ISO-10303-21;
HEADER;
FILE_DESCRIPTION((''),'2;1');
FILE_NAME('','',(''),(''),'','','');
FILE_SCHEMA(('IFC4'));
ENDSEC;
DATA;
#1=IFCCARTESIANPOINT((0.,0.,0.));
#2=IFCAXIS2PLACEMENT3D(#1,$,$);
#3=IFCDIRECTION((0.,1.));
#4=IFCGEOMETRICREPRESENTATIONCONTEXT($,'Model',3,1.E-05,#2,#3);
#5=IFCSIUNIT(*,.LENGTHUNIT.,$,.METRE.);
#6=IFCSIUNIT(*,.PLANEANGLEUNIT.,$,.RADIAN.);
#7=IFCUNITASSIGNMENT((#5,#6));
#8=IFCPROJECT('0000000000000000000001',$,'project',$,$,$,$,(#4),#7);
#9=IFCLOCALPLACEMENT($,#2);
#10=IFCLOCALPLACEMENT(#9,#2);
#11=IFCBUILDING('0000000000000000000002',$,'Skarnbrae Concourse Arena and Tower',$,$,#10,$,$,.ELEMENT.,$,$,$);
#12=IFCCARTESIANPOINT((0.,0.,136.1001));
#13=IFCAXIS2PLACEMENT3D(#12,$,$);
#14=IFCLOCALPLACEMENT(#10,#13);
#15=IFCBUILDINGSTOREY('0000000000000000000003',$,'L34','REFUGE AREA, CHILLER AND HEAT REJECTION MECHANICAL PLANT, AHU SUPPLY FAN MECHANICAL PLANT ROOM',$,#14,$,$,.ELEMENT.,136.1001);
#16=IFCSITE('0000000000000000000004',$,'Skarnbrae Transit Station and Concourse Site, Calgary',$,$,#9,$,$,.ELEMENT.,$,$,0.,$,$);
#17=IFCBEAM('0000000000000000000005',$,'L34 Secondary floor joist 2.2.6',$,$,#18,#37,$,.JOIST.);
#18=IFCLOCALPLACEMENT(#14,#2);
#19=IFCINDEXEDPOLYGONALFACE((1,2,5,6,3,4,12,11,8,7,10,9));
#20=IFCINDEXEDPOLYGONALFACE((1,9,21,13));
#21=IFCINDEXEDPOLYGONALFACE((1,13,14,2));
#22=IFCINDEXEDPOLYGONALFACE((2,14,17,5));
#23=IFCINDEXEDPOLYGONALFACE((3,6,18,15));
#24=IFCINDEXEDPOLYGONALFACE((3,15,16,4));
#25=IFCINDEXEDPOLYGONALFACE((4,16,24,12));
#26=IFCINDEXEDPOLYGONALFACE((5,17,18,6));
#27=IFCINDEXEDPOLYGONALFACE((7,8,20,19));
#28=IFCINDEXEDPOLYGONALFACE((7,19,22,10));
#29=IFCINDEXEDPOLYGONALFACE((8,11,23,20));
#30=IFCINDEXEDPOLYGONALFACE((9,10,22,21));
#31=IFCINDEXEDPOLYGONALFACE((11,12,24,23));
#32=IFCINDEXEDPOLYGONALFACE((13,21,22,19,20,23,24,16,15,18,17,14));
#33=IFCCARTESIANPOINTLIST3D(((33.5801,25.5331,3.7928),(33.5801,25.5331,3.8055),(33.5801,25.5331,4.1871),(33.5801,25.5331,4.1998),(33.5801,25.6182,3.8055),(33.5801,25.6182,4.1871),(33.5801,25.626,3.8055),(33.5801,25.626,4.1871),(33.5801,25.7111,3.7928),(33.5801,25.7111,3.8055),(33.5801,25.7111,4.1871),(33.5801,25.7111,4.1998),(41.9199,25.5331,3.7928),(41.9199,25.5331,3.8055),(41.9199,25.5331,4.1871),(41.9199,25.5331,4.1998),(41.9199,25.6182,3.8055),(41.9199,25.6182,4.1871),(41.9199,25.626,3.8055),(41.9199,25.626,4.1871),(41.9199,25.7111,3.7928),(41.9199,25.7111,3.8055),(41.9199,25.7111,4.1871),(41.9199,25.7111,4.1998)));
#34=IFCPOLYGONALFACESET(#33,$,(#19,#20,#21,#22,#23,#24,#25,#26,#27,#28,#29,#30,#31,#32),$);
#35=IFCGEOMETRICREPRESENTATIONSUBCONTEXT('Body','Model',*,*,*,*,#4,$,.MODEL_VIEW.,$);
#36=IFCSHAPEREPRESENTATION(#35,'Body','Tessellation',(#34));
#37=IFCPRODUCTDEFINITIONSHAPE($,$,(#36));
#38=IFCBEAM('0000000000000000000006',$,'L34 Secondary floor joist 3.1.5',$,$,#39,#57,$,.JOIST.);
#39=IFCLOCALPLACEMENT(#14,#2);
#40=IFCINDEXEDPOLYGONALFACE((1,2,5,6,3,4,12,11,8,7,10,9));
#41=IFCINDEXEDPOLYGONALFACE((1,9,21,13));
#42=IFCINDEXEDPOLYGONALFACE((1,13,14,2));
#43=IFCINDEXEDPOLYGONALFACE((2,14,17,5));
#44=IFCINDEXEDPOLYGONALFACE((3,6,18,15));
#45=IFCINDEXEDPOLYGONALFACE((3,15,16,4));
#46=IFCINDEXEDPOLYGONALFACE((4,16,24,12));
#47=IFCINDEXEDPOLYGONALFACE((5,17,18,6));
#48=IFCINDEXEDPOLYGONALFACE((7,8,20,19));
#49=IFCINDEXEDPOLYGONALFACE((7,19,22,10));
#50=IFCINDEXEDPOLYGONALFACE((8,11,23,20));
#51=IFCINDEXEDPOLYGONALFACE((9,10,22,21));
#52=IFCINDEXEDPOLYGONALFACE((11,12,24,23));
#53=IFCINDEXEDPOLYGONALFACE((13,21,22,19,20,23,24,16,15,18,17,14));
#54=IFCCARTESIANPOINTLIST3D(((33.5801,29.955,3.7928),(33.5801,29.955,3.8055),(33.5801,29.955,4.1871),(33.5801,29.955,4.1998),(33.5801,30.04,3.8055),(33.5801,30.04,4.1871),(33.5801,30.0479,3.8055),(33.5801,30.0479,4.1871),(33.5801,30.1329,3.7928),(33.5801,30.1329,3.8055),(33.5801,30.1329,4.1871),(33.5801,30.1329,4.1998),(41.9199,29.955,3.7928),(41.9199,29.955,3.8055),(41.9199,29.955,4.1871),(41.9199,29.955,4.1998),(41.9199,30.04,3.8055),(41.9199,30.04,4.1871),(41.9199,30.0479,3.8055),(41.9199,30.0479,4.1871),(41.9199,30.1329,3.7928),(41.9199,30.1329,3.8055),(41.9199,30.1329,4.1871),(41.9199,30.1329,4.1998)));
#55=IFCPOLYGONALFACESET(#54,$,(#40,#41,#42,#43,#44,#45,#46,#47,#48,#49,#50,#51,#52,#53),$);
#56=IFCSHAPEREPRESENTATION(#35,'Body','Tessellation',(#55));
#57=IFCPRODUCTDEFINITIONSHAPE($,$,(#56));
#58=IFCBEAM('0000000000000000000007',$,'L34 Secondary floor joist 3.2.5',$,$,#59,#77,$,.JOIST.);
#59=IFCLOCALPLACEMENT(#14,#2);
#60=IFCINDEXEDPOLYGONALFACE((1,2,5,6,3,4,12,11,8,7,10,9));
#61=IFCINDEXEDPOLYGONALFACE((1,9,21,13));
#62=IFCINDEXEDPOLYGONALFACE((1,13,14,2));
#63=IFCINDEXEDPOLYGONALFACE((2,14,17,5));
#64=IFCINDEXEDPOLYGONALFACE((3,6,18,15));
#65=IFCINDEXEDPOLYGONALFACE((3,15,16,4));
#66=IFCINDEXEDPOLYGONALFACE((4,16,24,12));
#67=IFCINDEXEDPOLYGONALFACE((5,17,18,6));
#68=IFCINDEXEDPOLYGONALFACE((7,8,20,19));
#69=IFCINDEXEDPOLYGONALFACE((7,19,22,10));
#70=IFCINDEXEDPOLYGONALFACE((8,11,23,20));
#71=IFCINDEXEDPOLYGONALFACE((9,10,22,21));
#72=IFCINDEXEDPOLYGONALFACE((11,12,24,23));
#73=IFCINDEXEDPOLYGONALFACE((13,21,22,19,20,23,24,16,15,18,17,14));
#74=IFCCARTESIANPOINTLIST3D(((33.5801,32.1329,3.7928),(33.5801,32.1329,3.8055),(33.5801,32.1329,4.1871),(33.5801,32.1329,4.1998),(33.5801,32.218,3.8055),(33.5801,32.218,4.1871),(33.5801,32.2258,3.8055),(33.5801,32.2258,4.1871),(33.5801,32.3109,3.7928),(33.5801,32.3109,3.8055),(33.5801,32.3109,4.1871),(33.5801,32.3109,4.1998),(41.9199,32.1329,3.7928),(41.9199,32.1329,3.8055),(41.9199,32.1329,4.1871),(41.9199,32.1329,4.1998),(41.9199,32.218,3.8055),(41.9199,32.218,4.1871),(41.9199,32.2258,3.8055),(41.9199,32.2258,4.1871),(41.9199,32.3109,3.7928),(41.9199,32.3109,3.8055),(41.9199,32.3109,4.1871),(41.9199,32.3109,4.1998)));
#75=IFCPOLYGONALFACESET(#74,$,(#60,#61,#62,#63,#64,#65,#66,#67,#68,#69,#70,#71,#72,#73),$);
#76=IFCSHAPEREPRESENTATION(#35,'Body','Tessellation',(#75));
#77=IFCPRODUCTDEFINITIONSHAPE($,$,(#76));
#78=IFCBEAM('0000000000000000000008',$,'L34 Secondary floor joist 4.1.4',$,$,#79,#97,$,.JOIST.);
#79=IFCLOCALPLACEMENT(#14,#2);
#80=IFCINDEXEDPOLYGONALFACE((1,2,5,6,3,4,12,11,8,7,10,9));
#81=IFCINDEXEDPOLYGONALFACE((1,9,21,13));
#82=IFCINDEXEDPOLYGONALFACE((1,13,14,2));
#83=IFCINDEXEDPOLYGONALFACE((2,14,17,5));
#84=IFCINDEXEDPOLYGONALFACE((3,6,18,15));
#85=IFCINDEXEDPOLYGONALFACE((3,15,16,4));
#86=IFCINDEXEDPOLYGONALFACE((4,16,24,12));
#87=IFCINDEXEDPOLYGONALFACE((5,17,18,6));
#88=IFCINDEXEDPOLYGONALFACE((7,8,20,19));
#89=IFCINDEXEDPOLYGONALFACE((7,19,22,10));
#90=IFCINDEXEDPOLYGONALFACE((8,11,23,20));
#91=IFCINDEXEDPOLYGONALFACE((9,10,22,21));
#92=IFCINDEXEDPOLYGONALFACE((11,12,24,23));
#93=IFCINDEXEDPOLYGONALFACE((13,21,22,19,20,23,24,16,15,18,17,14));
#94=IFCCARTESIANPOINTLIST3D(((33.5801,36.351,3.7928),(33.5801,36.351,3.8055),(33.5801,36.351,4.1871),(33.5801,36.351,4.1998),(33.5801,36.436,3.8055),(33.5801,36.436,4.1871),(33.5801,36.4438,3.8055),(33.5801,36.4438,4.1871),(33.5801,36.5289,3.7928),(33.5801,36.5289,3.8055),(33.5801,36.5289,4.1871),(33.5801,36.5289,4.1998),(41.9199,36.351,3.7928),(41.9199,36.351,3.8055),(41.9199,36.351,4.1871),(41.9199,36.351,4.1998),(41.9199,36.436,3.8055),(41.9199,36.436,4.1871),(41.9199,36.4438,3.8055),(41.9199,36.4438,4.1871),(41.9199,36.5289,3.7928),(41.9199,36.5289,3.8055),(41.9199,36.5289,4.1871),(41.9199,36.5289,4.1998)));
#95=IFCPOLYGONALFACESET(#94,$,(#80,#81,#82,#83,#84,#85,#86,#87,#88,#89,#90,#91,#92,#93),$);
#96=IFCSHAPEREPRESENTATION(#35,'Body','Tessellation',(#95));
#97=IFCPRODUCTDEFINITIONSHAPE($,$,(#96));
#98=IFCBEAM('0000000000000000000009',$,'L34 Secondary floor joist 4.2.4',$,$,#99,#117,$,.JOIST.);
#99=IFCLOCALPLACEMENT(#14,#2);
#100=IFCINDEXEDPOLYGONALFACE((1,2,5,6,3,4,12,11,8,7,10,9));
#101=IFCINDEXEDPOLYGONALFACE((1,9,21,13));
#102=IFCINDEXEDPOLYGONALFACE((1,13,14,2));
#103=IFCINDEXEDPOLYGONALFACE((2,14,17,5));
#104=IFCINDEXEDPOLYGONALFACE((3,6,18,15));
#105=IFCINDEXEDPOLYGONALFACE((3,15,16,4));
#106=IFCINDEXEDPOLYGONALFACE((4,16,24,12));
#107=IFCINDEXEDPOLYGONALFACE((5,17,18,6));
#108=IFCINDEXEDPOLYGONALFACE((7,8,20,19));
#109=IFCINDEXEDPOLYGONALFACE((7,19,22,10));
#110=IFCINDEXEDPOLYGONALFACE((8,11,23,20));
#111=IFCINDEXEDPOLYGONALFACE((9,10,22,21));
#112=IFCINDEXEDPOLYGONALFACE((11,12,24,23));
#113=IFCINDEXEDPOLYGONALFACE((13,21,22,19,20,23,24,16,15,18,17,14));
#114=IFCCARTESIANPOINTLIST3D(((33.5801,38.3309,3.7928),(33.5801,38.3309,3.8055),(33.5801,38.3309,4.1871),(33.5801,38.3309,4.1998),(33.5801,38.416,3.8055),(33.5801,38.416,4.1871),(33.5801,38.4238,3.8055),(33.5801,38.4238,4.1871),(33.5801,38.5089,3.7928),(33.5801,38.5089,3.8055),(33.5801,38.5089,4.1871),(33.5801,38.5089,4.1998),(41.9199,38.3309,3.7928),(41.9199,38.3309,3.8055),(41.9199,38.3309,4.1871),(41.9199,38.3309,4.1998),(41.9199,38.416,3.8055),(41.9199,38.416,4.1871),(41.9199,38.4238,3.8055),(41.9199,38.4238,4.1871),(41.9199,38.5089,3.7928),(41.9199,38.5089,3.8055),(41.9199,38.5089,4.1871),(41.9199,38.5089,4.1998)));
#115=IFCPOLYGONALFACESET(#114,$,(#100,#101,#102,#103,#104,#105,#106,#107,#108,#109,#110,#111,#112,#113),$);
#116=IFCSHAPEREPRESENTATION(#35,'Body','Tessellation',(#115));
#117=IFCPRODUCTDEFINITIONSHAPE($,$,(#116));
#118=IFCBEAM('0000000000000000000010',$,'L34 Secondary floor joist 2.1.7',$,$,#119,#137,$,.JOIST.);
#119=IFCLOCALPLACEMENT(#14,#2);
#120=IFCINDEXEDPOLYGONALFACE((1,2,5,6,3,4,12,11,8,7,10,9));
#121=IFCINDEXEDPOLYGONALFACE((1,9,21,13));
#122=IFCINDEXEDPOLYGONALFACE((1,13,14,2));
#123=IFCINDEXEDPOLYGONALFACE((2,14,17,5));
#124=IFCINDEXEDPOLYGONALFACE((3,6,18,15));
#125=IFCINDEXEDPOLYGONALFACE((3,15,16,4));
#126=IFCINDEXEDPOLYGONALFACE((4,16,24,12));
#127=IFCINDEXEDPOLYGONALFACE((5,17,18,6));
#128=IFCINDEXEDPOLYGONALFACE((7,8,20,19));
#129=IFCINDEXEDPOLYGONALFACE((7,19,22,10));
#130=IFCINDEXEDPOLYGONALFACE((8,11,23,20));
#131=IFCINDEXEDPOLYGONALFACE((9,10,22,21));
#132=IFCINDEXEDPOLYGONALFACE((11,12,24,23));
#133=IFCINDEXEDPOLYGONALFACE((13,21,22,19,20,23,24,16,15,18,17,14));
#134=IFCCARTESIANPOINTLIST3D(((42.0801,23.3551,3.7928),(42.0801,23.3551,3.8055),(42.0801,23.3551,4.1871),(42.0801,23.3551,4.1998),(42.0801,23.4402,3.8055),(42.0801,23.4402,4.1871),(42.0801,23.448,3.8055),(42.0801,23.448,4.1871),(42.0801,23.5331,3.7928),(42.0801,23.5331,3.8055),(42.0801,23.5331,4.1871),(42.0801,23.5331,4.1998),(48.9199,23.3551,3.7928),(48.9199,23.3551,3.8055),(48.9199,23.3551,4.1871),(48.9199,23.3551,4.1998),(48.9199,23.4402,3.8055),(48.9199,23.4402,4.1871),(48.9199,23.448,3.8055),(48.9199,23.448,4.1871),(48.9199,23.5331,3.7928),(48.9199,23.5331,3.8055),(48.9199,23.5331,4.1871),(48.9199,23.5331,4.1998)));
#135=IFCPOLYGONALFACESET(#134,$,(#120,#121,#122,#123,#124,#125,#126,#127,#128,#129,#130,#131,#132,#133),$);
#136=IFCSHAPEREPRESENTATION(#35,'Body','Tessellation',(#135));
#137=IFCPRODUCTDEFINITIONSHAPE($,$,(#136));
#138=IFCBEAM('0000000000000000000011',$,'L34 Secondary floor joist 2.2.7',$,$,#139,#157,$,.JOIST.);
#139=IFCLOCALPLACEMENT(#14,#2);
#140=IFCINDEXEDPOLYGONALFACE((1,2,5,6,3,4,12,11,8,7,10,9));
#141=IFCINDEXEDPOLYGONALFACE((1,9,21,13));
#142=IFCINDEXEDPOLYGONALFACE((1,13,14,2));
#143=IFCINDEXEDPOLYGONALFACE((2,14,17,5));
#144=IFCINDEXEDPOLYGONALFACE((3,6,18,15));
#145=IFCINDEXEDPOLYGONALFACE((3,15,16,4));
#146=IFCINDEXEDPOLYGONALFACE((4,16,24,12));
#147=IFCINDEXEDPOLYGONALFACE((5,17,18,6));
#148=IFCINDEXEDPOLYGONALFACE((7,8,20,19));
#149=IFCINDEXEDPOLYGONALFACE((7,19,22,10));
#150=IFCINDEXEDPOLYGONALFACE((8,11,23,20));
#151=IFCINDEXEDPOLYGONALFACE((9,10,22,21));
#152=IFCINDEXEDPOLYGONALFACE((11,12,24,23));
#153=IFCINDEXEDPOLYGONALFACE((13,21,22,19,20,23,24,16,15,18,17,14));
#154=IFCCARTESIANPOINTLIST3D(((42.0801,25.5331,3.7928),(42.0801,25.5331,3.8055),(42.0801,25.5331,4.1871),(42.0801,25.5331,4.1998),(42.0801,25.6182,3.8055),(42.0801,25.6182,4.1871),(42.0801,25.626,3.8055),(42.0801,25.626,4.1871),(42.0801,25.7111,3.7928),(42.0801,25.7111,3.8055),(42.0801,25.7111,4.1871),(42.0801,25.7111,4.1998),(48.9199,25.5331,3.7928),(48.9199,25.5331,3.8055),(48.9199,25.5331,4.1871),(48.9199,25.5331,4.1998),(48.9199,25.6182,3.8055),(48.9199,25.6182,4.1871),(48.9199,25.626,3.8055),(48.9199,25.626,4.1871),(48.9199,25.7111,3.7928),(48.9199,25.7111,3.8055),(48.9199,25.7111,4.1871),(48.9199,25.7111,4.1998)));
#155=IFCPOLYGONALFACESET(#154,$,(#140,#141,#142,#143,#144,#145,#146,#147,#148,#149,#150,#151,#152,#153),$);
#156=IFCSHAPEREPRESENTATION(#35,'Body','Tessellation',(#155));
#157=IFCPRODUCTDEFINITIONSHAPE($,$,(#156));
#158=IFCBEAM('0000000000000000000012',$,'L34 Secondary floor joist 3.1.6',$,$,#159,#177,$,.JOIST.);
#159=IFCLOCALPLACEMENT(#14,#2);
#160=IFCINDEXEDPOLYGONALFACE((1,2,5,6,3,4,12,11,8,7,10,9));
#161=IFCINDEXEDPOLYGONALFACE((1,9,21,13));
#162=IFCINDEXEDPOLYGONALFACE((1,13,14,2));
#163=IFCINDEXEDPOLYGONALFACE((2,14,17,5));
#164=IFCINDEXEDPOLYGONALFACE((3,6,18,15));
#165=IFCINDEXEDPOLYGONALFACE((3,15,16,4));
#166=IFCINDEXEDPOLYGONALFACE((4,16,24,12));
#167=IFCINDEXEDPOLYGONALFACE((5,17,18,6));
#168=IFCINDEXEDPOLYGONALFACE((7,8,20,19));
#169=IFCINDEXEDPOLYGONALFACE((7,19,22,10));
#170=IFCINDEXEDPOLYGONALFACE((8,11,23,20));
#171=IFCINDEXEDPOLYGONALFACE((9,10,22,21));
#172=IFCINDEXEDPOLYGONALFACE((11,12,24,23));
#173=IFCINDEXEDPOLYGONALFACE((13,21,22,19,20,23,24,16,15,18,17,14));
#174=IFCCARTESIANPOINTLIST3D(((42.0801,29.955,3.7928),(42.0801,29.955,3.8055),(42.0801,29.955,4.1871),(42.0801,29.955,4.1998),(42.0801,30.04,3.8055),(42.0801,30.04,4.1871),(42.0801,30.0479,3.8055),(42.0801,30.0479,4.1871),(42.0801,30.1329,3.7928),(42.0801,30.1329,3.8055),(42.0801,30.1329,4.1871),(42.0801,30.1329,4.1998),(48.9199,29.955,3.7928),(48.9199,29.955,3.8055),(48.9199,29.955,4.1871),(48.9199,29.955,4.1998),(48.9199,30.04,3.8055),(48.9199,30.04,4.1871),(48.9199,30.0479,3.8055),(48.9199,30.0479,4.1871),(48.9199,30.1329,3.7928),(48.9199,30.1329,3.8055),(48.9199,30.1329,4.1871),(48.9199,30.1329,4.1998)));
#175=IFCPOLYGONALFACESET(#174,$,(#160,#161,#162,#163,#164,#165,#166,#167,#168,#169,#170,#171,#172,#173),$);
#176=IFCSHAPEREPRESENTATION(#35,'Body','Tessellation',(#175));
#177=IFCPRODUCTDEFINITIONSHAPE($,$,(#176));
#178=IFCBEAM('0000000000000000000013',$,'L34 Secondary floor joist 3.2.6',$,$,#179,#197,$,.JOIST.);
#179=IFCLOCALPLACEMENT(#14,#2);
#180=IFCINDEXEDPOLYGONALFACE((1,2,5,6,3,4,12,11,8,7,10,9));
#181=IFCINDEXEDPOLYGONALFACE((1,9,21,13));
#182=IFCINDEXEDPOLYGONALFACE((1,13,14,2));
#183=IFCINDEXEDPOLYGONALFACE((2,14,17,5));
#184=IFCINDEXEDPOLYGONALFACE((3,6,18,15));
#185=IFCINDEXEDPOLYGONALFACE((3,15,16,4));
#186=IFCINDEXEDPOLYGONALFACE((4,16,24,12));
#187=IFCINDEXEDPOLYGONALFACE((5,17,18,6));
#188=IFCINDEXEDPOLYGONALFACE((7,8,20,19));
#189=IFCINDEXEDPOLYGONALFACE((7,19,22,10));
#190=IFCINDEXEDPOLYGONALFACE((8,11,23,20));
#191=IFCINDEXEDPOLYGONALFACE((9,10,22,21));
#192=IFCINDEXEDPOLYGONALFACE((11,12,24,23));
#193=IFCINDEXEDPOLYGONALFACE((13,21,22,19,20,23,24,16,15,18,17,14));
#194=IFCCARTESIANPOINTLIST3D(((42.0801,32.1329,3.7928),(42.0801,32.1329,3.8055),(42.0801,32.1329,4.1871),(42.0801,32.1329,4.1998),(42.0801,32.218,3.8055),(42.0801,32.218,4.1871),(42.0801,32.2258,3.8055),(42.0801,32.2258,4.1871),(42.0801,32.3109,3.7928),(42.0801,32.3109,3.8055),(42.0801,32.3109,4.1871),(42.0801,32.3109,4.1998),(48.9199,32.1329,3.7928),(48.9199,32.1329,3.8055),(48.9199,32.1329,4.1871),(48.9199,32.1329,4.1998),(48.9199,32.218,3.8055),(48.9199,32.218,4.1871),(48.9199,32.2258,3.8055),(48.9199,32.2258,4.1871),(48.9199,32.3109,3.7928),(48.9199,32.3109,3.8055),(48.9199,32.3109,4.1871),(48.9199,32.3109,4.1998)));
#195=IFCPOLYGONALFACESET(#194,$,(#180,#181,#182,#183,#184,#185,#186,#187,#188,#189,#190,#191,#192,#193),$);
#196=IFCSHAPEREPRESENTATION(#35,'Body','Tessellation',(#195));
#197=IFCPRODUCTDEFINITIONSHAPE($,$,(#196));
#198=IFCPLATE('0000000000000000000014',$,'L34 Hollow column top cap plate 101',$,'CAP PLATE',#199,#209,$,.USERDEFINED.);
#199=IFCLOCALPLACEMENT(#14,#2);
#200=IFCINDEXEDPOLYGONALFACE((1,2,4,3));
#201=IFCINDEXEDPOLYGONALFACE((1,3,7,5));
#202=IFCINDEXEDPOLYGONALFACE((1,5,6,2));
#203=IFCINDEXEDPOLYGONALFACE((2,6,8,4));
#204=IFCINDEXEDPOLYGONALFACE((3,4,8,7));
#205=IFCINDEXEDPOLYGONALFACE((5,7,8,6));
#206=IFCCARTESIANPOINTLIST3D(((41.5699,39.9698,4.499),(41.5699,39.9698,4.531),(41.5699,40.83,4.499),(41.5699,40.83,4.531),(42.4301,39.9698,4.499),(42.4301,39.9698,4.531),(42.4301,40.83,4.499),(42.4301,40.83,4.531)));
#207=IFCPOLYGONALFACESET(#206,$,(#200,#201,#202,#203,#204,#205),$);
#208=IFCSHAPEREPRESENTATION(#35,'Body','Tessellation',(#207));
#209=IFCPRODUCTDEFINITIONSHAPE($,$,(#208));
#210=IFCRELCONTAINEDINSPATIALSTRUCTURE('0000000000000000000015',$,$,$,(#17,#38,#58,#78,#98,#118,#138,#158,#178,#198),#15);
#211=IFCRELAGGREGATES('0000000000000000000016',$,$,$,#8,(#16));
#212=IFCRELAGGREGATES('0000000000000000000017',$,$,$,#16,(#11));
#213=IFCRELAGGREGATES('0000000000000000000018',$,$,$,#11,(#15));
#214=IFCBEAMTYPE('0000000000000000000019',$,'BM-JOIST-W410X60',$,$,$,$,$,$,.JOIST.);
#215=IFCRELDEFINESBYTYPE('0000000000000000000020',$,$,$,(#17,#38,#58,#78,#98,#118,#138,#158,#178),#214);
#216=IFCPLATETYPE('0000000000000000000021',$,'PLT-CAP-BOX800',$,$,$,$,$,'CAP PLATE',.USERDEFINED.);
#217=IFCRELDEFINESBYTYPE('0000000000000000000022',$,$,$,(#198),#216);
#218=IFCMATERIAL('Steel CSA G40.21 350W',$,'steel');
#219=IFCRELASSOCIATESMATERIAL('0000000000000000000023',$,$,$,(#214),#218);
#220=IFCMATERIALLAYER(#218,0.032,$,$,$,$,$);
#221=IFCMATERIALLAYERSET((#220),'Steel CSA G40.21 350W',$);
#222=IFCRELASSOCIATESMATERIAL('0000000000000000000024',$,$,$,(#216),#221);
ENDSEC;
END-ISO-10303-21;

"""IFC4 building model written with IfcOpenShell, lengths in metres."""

from ifc_helpers import new_model, si_unit, direction, frame, origin, origin_2d, place, context, subcontext, project, spatial, rectangle, i_section, extrude, source, transform, mapped, material, layer, layer_set, material_profile, profile_set, type_object, element, save


model = new_model("IFC4")

# Units and contexts
model_context = context("Model", 3, precision=1e-05, world=origin(), true_north=direction((0.0, 1.0)))
body_context = subcontext(model_context, "Body", "Model", "MODEL_VIEW")
ifc_project = project(units=[si_unit("LENGTHUNIT", "METRE"), si_unit("PLANEANGLEUNIT", "RADIAN")], contexts=[model_context])

# Site, building, storey
site_placement = place(None, origin())
site = spatial("IfcSite", under=ifc_project, at=site_placement, Name="Skarnbrae Transit Station and Concourse Site, Calgary", CompositionType="ELEMENT", RefElevation=0.0)
building_placement = place(site_placement, origin())
building = spatial("IfcBuilding", under=site, at=building_placement, Name="Skarnbrae Concourse Arena and Tower", CompositionType="ELEMENT")
storey_placement = place(building_placement, frame((0.0, 0.0, 136.1001)))
storey = spatial("IfcBuildingStorey", under=building, at=storey_placement, Name="L34", Description="REFUGE AREA, CHILLER AND HEAT REJECTION MECHANICAL PLANT, AHU SUPPLY FAN MECHANICAL PLANT ROOM", CompositionType="ELEMENT", Elevation=136.1001)

# Shared definitions
ifc_material_1 = material(Name="Steel CSA G40.21 350W", Category="steel")

# Beams
ifc_material_profile_1 = material_profile(ifc_material_1, i_section(OverallWidth=0.178, OverallDepth=0.407, WebThickness=0.0078, FlangeThickness=0.0127, at=origin_2d()), Name="W410X60")
ifc_profile_set_1 = profile_set([ifc_material_profile_1], Name="Steel CSA G40.21 350W")
beam_type_1 = type_object("IfcBeamType", Name="BM-JOIST-W410X60", PredefinedType="JOIST", material=ifc_profile_set_1)
shared_shape_1 = source(origin(), body_context, "Body", "SweptSolid", [
    extrude(i_section(OverallWidth=0.178, OverallDepth=0.407, WebThickness=0.0078, FlangeThickness=0.0127, at=origin_2d()), origin(), (0.0, 0.0, 1.0), 8.3398),
])
for number, where, z_axis, x_axis, name in (
    (1, (33.5801, 25.6221, 3.9963), (1.0, 0.0, 0.0), (0.0, 1.0, 0.0), "L34 Secondary floor joist 2.2.6"),
    (2, (33.5801, 30.0439, 3.9963), (1.0, 0.0, 0.0), (0.0, 1.0, 0.0), "L34 Secondary floor joist 3.1.5"),
    (3, (33.5801, 32.2219, 3.9963), (1.0, 0.0, 0.0), (0.0, 1.0, 0.0), "L34 Secondary floor joist 3.2.5"),
    (4, (33.5801, 36.4399, 3.9963), (1.0, 0.0, 0.0), (0.0, 1.0, 0.0), "L34 Secondary floor joist 4.1.4"),
    (5, (33.5801, 38.4199, 3.9963), (1.0, 0.0, 0.0), (0.0, 1.0, 0.0), "L34 Secondary floor joist 4.2.4"),
):
    element("IfcBeam", number, at=place(storey_placement, frame(where, z_axis=z_axis, x_axis=x_axis)), inside=storey, type_object=beam_type_1, Name=name, PredefinedType="JOIST", context=body_context, shape_type="MappedRepresentation", body=[
        mapped(shared_shape_1, transform((0.0, 0.0, 0.0))),
    ])
shared_shape_2 = source(origin(), body_context, "Body", "SweptSolid", [
    extrude(i_section(OverallWidth=0.178, OverallDepth=0.407, WebThickness=0.0078, FlangeThickness=0.0127, at=origin_2d()), origin(), (0.0, 0.0, 1.0), 6.8398),
])
for number, where, z_axis, x_axis, name in (
    (6, (42.0801, 23.4441, 3.9963), (1.0, 0.0, 0.0), (0.0, 1.0, 0.0), "L34 Secondary floor joist 2.1.7"),
    (7, (42.0801, 25.6221, 3.9963), (1.0, 0.0, 0.0), (0.0, 1.0, 0.0), "L34 Secondary floor joist 2.2.7"),
    (8, (42.0801, 30.0439, 3.9963), (1.0, 0.0, 0.0), (0.0, 1.0, 0.0), "L34 Secondary floor joist 3.1.6"),
    (9, (42.0801, 32.2219, 3.9963), (1.0, 0.0, 0.0), (0.0, 1.0, 0.0), "L34 Secondary floor joist 3.2.6"),
):
    element("IfcBeam", number, at=place(storey_placement, frame(where, z_axis=z_axis, x_axis=x_axis)), inside=storey, type_object=beam_type_1, Name=name, PredefinedType="JOIST", context=body_context, shape_type="MappedRepresentation", body=[
        mapped(shared_shape_2, transform((0.0, 0.0, 0.0))),
    ])

# Plate
ifc_layer_1 = layer(ifc_material_1, 0.032)
ifc_layer_set_1 = layer_set([ifc_layer_1], Name="Steel CSA G40.21 350W")
plate_type = type_object("IfcPlateType", Name="PLT-CAP-BOX800", ElementType="CAP PLATE", PredefinedType="USERDEFINED", material=ifc_layer_set_1)
shared_shape_3 = source(origin(), body_context, "Body", "SweptSolid", [
    extrude(rectangle(XDim=0.8601, YDim=0.8601, at=origin_2d()), origin(), (0.0, 0.0, 1.0), 0.032),
])
plate_placement = place(storey_placement, frame((42.0, 40.3999, 4.499), z_axis=(0.0, 0.0, 1.0), x_axis=(1.0, 0.0, 0.0)))
element("IfcPlate", 10, at=plate_placement, inside=storey, type_object=plate_type, Name="L34 Hollow column top cap plate 101", ObjectType="CAP PLATE", PredefinedType="USERDEFINED", context=body_context, shape_type="MappedRepresentation", body=[
    mapped(shared_shape_3, transform((0.0, 0.0, 0.0))),
])

save(model, "model.ifc")
